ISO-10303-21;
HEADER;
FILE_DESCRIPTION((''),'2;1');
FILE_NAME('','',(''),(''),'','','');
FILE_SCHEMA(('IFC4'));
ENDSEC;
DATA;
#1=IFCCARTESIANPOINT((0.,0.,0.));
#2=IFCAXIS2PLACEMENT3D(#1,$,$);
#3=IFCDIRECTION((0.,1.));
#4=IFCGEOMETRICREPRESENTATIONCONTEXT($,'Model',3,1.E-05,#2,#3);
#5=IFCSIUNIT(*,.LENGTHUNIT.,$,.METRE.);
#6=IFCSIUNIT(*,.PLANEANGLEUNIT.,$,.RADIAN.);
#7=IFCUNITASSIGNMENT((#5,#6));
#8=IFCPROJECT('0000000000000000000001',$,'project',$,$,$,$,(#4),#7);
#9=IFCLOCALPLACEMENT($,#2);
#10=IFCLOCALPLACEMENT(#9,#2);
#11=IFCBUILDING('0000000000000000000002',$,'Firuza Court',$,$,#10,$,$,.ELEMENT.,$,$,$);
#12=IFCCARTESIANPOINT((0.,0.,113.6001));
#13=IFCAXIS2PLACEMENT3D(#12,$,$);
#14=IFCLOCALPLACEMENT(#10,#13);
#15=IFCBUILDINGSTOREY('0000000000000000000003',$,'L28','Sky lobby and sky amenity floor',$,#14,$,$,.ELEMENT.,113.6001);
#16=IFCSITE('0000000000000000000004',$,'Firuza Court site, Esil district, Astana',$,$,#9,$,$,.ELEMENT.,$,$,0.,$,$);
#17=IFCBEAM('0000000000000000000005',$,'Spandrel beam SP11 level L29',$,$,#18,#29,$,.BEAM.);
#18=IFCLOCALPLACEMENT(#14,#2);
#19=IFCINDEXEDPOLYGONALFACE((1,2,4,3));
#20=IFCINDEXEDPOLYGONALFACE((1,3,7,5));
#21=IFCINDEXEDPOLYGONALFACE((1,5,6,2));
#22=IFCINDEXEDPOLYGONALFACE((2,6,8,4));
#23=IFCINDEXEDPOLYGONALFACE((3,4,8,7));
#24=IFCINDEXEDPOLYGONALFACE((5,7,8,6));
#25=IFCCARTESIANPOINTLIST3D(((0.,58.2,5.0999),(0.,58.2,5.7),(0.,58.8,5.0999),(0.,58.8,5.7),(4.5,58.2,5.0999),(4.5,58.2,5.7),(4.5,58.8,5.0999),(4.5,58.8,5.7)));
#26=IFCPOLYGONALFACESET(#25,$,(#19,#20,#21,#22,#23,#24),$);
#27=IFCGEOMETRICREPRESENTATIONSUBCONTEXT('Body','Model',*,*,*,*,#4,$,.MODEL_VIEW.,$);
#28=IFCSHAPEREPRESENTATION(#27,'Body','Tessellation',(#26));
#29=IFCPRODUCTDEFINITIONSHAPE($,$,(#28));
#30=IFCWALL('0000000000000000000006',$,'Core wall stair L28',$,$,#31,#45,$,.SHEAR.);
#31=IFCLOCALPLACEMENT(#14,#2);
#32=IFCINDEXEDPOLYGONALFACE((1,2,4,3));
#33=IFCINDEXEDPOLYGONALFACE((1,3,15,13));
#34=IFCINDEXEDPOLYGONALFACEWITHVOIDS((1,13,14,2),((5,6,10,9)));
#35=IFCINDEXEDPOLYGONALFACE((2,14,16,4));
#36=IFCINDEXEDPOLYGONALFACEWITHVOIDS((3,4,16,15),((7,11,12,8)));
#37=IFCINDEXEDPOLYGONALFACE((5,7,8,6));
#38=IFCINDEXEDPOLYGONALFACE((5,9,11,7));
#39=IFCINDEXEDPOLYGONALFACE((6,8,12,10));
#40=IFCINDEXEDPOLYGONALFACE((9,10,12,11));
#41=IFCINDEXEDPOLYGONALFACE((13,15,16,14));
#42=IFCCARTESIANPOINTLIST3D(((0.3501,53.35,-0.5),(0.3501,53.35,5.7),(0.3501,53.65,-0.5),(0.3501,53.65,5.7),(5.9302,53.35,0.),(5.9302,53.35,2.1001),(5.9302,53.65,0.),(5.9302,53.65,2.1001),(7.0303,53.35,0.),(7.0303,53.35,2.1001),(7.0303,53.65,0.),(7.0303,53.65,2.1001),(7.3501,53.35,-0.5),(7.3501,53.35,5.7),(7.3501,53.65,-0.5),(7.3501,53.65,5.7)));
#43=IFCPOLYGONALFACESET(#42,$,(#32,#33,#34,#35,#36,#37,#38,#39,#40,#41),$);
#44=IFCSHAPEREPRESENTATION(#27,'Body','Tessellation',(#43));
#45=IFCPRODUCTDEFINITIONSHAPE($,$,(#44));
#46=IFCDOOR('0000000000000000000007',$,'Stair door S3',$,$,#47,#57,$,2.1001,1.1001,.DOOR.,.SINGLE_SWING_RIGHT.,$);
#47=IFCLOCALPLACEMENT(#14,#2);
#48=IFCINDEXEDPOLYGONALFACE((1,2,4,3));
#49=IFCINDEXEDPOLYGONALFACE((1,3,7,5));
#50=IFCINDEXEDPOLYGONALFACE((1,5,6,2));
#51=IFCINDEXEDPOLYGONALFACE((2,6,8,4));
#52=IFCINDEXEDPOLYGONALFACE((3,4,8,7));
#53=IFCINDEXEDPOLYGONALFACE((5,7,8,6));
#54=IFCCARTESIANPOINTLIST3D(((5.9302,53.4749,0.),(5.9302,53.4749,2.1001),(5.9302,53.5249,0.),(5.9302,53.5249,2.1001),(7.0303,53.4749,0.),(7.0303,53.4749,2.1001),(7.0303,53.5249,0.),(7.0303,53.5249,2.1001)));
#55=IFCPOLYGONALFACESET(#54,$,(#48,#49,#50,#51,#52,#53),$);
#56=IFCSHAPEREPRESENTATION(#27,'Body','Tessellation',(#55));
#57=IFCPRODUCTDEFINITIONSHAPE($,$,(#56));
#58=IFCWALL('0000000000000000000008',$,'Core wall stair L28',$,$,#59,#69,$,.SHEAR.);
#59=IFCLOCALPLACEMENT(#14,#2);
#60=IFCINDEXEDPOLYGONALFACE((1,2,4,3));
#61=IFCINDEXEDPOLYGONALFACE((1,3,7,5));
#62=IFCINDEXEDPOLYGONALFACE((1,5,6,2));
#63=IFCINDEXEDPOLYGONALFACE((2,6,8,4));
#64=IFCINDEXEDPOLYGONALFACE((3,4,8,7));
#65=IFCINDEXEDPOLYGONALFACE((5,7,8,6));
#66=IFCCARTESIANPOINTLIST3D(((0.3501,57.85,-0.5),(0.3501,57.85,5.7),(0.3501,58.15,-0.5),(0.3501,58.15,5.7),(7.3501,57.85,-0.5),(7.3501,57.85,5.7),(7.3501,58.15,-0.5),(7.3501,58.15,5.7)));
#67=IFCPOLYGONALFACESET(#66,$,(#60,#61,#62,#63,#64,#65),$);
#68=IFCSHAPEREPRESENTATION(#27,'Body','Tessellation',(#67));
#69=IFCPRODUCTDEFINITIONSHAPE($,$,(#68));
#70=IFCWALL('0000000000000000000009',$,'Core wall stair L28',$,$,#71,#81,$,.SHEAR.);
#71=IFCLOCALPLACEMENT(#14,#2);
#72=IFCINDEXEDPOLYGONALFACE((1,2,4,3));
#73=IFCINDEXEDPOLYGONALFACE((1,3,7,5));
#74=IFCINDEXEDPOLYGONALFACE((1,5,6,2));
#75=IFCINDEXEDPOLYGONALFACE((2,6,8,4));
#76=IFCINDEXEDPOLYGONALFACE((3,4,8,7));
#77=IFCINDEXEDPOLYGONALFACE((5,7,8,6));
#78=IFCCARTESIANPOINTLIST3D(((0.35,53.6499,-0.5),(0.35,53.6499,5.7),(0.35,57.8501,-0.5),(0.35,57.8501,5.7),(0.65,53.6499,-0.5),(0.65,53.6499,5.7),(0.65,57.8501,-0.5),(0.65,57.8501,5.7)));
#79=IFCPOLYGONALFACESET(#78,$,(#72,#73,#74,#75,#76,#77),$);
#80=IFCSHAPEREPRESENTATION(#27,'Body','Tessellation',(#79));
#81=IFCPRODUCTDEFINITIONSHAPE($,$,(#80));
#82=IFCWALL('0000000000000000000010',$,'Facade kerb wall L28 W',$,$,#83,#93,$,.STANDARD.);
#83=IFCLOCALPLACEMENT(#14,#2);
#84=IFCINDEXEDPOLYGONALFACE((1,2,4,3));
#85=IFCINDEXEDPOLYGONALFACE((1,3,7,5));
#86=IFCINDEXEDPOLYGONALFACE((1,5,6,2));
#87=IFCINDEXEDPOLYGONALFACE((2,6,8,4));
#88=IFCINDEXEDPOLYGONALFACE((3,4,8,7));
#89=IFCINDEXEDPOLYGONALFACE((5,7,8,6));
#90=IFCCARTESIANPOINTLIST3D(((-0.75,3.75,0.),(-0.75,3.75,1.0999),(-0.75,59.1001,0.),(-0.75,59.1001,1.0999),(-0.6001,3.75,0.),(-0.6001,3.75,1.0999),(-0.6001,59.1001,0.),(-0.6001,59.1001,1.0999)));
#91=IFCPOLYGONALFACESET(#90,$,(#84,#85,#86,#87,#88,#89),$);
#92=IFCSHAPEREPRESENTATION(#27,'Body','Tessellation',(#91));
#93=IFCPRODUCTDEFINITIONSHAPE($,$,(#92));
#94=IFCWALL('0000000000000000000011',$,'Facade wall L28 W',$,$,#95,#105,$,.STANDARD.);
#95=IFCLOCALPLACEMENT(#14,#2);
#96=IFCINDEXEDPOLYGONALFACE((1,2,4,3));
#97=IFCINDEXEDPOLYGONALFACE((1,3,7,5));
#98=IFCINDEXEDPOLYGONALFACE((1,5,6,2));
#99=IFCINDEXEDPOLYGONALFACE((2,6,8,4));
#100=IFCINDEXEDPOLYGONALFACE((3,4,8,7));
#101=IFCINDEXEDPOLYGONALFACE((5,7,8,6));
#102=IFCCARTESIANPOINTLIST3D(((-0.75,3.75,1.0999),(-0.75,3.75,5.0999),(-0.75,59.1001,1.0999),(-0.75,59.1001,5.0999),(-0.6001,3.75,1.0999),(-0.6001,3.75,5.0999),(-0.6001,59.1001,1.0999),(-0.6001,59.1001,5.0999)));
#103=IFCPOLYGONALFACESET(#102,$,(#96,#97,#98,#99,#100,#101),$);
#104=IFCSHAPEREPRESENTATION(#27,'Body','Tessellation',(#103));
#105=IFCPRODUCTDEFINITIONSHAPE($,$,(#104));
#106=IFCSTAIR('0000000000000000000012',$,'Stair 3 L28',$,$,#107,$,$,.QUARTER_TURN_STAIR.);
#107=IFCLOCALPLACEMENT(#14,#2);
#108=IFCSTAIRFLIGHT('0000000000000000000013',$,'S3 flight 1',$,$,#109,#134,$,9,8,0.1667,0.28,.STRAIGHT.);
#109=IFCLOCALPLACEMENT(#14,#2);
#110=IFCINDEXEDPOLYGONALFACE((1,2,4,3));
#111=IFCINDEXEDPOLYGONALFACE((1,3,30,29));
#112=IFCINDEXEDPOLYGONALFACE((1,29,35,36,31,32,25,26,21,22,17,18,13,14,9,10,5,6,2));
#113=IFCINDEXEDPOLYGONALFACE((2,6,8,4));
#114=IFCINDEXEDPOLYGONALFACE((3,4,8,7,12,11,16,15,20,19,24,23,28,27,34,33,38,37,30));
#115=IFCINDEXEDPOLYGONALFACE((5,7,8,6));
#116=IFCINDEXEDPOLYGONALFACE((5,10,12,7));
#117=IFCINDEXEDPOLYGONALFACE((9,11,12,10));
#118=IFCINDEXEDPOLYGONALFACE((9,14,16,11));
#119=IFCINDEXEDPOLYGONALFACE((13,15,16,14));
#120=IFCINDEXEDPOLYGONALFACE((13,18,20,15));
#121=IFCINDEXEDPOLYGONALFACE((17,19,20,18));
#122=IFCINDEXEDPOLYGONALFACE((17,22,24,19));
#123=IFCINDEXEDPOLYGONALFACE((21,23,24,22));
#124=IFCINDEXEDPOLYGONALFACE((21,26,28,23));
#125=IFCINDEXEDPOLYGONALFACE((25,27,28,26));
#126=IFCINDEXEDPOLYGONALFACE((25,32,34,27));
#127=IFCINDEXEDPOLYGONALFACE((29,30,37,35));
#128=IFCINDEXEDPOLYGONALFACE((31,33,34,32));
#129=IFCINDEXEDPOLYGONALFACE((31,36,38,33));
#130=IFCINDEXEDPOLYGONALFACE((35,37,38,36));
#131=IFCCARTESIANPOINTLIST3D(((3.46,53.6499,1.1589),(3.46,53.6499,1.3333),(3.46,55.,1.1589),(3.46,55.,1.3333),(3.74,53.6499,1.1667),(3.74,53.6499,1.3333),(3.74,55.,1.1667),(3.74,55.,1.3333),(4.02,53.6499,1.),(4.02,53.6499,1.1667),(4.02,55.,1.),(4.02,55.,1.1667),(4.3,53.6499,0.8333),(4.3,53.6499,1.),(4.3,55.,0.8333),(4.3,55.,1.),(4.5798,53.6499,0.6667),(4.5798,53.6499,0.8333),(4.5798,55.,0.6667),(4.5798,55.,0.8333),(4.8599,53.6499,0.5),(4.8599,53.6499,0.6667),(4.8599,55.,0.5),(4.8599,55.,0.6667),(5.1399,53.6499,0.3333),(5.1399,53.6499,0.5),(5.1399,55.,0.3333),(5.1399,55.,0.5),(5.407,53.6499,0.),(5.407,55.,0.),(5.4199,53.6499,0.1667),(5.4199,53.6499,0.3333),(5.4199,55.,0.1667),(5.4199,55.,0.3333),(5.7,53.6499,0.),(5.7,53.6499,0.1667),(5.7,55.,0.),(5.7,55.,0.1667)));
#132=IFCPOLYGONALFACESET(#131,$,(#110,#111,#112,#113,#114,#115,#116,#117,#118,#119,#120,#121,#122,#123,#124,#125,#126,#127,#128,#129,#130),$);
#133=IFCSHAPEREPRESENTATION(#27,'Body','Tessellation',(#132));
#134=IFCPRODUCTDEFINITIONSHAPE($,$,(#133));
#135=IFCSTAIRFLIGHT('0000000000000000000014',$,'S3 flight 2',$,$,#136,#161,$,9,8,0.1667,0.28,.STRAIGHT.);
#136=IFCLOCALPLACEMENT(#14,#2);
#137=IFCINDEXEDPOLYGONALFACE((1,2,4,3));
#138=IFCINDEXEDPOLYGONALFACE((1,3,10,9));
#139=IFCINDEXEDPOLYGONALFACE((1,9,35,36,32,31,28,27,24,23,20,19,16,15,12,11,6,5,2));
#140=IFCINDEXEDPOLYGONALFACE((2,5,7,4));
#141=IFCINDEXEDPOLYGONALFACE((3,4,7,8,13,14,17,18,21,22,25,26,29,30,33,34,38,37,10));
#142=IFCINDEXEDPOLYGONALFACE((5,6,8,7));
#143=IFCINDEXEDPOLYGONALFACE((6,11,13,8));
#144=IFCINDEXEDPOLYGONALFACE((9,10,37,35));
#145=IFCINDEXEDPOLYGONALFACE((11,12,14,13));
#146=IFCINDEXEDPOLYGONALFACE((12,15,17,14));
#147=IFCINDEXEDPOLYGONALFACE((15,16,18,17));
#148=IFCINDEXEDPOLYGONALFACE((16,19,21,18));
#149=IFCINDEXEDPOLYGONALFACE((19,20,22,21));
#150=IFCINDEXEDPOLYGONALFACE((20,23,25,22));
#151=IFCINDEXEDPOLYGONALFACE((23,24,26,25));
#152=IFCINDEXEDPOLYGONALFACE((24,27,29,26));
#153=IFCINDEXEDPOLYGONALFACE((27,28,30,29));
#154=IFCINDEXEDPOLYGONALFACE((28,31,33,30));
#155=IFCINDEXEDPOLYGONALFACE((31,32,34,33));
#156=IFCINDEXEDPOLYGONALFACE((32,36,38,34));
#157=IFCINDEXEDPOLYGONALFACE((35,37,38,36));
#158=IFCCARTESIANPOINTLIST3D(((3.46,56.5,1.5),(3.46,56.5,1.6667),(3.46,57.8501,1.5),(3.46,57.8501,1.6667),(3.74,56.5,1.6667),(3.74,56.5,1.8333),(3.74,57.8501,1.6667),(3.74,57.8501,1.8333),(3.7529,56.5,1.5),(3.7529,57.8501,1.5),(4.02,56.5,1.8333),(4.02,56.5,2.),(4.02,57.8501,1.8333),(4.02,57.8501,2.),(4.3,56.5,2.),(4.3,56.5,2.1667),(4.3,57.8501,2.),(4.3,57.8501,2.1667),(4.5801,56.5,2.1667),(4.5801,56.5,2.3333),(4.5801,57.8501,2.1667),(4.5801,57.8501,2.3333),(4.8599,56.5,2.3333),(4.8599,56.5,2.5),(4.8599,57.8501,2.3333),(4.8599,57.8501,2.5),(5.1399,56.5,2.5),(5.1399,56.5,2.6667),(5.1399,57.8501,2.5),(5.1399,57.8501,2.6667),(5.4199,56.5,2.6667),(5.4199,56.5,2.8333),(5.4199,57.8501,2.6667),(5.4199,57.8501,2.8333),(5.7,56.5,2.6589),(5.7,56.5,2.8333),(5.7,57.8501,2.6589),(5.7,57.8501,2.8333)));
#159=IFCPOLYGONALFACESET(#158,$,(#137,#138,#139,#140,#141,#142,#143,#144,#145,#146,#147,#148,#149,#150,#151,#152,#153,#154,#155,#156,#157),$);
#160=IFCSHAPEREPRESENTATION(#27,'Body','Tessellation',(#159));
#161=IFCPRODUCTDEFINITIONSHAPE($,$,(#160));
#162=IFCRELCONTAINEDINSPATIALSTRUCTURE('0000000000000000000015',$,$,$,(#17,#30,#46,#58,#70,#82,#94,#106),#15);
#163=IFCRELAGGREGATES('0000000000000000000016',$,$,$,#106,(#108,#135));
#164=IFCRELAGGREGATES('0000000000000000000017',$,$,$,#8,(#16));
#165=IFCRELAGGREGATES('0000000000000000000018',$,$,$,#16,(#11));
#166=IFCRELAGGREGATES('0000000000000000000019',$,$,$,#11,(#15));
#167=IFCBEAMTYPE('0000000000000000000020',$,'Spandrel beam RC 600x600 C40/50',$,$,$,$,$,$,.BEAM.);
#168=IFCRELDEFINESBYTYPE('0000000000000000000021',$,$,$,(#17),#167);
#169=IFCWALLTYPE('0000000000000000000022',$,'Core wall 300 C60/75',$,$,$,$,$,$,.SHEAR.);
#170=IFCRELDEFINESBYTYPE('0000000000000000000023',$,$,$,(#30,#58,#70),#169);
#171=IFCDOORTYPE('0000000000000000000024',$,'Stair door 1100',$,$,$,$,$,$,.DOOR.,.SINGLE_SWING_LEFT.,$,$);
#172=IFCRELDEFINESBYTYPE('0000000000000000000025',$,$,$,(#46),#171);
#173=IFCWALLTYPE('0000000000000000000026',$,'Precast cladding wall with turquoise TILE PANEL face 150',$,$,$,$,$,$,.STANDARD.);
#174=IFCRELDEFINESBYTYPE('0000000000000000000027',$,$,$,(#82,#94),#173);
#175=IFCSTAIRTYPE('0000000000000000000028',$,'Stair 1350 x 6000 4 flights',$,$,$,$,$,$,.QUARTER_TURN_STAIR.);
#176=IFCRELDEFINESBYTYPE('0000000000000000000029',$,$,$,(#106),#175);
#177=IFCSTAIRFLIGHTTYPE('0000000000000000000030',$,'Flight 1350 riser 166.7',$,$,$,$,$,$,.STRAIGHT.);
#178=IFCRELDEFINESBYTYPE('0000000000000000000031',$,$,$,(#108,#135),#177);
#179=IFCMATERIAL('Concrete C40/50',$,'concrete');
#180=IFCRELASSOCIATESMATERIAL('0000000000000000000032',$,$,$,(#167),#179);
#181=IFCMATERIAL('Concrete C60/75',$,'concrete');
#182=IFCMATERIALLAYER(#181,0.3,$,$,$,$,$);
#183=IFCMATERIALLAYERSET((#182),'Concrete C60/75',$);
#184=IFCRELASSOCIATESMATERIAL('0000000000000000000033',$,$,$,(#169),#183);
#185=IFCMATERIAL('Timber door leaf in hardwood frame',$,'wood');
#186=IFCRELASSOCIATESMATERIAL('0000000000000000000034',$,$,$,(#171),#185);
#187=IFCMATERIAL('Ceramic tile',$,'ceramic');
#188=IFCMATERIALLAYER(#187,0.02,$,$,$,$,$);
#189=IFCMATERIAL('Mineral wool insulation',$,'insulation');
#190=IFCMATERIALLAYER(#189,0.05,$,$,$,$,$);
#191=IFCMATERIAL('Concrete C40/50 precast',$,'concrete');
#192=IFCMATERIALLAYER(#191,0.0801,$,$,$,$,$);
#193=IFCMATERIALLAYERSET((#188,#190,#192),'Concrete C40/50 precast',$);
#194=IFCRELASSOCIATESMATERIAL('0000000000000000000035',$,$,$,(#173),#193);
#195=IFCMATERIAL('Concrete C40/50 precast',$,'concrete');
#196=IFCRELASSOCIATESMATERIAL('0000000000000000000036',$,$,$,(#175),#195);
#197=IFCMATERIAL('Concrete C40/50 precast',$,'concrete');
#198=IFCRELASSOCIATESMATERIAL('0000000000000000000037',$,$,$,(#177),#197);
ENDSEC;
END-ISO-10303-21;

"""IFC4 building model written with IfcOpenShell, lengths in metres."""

from ifc_helpers import new_model, si_unit, direction, frame, frame_2d, origin, origin_2d, place, context, subcontext, project, spatial, polyline, rectangle, outline, extrude, material, layer, layer_set, material_profile, profile_set, type_object, element, fill, aggregate, save


model = new_model("IFC4")

# Units and contexts
model_context = context("Model", 3, precision=1e-05, world=origin(), true_north=direction((0.0, 1.0)))
body_context = subcontext(model_context, "Body", "Model", "MODEL_VIEW")
ifc_project = project(units=[si_unit("LENGTHUNIT", "METRE"), si_unit("PLANEANGLEUNIT", "RADIAN")], contexts=[model_context])

# Site, building, storey
site_placement = place(None, origin())
site = spatial("IfcSite", under=ifc_project, at=site_placement, Name="Firuza Court site, Esil district, Astana", CompositionType="ELEMENT", RefElevation=0.0)
building_placement = place(site_placement, origin())
building = spatial("IfcBuilding", under=site, at=building_placement, Name="Firuza Court", CompositionType="ELEMENT")
storey_placement = place(building_placement, frame((0.0, 0.0, 113.6001)))
storey = spatial("IfcBuildingStorey", under=building, at=storey_placement, Name="L28", Description="Sky lobby and sky amenity floor", CompositionType="ELEMENT", Elevation=113.6001)

# Beam
ifc_material_1 = material(Name="Concrete C40/50", Category="concrete")
ifc_material_profile_1 = material_profile(ifc_material_1, rectangle(XDim=0.6001, YDim=0.6001, at=origin_2d()), Name="RC 600x600")
ifc_profile_set_1 = profile_set([ifc_material_profile_1], Name="Concrete C40/50")
beam_type = type_object("IfcBeamType", Name="Spandrel beam RC 600x600 C40/50", PredefinedType="BEAM", material=ifc_profile_set_1)
for number, where, z_axis, x_axis, name in (
    (1, (4.5, 58.5, 5.3999), (-1.0, 0.0, 0.0), (0.0, -1.0, 0.0), "Spandrel beam SP11 level L29"),
):
    element("IfcBeam", number, at=place(storey_placement, frame(where, z_axis=z_axis, x_axis=x_axis)), inside=storey, type_object=beam_type, Name=name, PredefinedType="BEAM", context=body_context, shape_type="SweptSolid", body=[
        extrude(rectangle(XDim=0.6001, YDim=0.6001, at=origin_2d()), origin(), (0.0, 0.0, 1.0), 4.5),
    ])

# Wall, opening, door
ifc_material_2 = material(Name="Concrete C60/75", Category="concrete")
ifc_layer_1 = layer(ifc_material_2, 0.3)
ifc_layer_set_1 = layer_set([ifc_layer_1], Name="Concrete C60/75")
wall_type_1 = type_object("IfcWallType", Name="Core wall 300 C60/75", PredefinedType="SHEAR", material=ifc_layer_set_1)
wall_1_placement = place(storey_placement, frame((0.3501, 53.5, -0.5), z_axis=(0.0, 0.0, 1.0), x_axis=(1.0, 0.0, 0.0)))
wall_1 = element("IfcWall", 2, at=wall_1_placement, inside=storey, type_object=wall_type_1, Name="Core wall stair L28", PredefinedType="SHEAR", context=body_context, shape_type="SweptSolid", body=[
    extrude(rectangle(XDim=7.0, YDim=0.3, at=frame_2d((3.5, 0.0))), origin(), (0.0, 0.0, 1.0), 6.2),
])
opening_placement = place(wall_1_placement, frame((5.5801, 0.0, 0.5)))
opening = element("IfcOpeningElement", 3, at=opening_placement, cuts=wall_1, PredefinedType="OPENING", context=body_context, shape_type="SweptSolid", body=[
    extrude(rectangle(XDim=1.1001, YDim=2.1001, at=frame_2d((0.55, 1.05))), frame((0.0, 0.1621, 0.0), z_axis=(0.0, -1.0, 0.0), x_axis=(1.0, 0.0, 0.0)), (0.0, 0.0, 1.0), 0.324),
])
ifc_material_3 = material(Name="Timber door leaf in hardwood frame", Category="wood")
door_type = type_object("IfcDoorType", Name="Stair door 1100", OperationType="SINGLE_SWING_LEFT", PredefinedType="DOOR", material=ifc_material_3)
door_placement = place(opening_placement, origin())
door = element("IfcDoor", 4, at=door_placement, inside=storey, type_object=door_type, Name="Stair door S3", OperationType="SINGLE_SWING_RIGHT", OverallHeight=2.1001, OverallWidth=1.1001, PredefinedType="DOOR", context=body_context, shape_type="SweptSolid", body=[
    extrude(rectangle(XDim=1.1001, YDim=2.1001, at=frame_2d((0.55, 1.05))), frame((0.0, 0.0249, 0.0), z_axis=(0.0, -1.0, 0.0), x_axis=(1.0, 0.0, 0.0)), (0.0, 0.0, 1.0), 0.05),
])
fill(opening, door)

# Walls
wall_2_placement = place(storey_placement, frame((0.3501, 58.0, -0.5), z_axis=(0.0, 0.0, 1.0), x_axis=(1.0, 0.0, 0.0)))
element("IfcWall", 5, at=wall_2_placement, inside=storey, type_object=wall_type_1, Name="Core wall stair L28", PredefinedType="SHEAR", context=body_context, shape_type="SweptSolid", body=[
    extrude(rectangle(XDim=7.0, YDim=0.3, at=frame_2d((3.5, 0.0))), origin(), (0.0, 0.0, 1.0), 6.2),
])
wall_3_placement = place(storey_placement, frame((0.5, 53.6499, -0.5), z_axis=(0.0, 0.0, 1.0), x_axis=(0.0, 1.0, 0.0)))
element("IfcWall", 6, at=wall_3_placement, inside=storey, type_object=wall_type_1, Name="Core wall stair L28", PredefinedType="SHEAR", context=body_context, shape_type="SweptSolid", body=[
    extrude(rectangle(XDim=4.2002, YDim=0.3, at=frame_2d((2.1001, 0.0))), origin(), (0.0, 0.0, 1.0), 6.2),
])
ifc_material_4 = material(Name="Ceramic tile", Category="ceramic")
ifc_layer_2 = layer(ifc_material_4, 0.02)
ifc_material_5 = material(Name="Mineral wool insulation", Category="insulation")
ifc_layer_3 = layer(ifc_material_5, 0.05)
ifc_material_6 = material(Name="Concrete C40/50 precast", Category="concrete")
ifc_layer_4 = layer(ifc_material_6, 0.0801)
ifc_layer_set_2 = layer_set([ifc_layer_2, ifc_layer_3, ifc_layer_4], Name="Concrete C40/50 precast")
wall_type_2 = type_object("IfcWallType", Name="Precast cladding wall with turquoise TILE PANEL face 150", PredefinedType="STANDARD", material=ifc_layer_set_2)
wall_4_placement = place(storey_placement, frame((-0.675, 59.1001, 0.0), z_axis=(0.0, 0.0, 1.0), x_axis=(0.0, -1.0, 0.0)))
element("IfcWall", 7, at=wall_4_placement, inside=storey, type_object=wall_type_2, Name="Facade kerb wall L28 W", PredefinedType="STANDARD", context=body_context, shape_type="SweptSolid", body=[
    extrude(rectangle(XDim=55.3501, YDim=0.1499, at=frame_2d((27.675, 0.0))), origin(), (0.0, 0.0, 1.0), 1.0999),
])
wall_5_placement = place(storey_placement, frame((-0.675, 59.1001, 1.0999), z_axis=(0.0, 0.0, 1.0), x_axis=(0.0, -1.0, 0.0)))
element("IfcWall", 8, at=wall_5_placement, inside=storey, type_object=wall_type_2, Name="Facade wall L28 W", PredefinedType="STANDARD", context=body_context, shape_type="SweptSolid", body=[
    extrude(rectangle(XDim=55.3501, YDim=0.1499, at=frame_2d((27.675, 0.0))), origin(), (0.0, 0.0, 1.0), 4.0),
])

# Stair, stair flights
ifc_material_7 = material(Name="Concrete C40/50 precast", Category="concrete")
stair_type = type_object("IfcStairType", Name="Stair 1350 x 6000 4 flights", PredefinedType="QUARTER_TURN_STAIR", material=ifc_material_7)
stair_placement = place(storey_placement, origin())
stair = element("IfcStair", 9, at=stair_placement, inside=storey, type_object=stair_type, Name="Stair 3 L28", PredefinedType="QUARTER_TURN_STAIR")
ifc_material_8 = material(Name="Concrete C40/50 precast", Category="concrete")
stair_flight_type = type_object("IfcStairFlightType", Name="Flight 1350 riser 166.7", PredefinedType="STRAIGHT", material=ifc_material_8)
stair_flight_1_placement = place(storey_placement, frame((5.7, 54.325, 0.0), z_axis=(0.0, 0.0, 1.0), x_axis=(-1.0, 0.0, 0.0)))
stair_flight_1 = element("IfcStairFlight", 10, at=stair_flight_1_placement, type_object=stair_flight_type, Name="S3 flight 1", NumberOfRisers=9, NumberOfTreads=8, PredefinedType="STRAIGHT", RiserHeight=0.1667, TreadLength=0.28, context=body_context, shape_type="SweptSolid", body=[
    extrude(outline(polyline([(0.0, 0.0), (0.0, 0.1667), (0.28, 0.1667), (0.28, 0.3333), (0.5601, 0.3333), (0.5601, 0.5), (0.8401, 0.5), (0.8401, 0.6667), (1.1201, 0.6667), (1.1201, 0.8333), (1.3999, 0.8333), (1.3999, 1.0), (1.6799, 1.0), (1.6799, 1.1667), (1.96, 1.1667), (1.96, 1.3333), (2.24, 1.3333), (2.24, 1.5), (2.24, 1.1589), (0.293, 0.0), (0.0, 0.0)])), frame((0.0, 0.675, 0.0), z_axis=(0.0, -1.0, 0.0), x_axis=(1.0, 0.0, 0.0)), (0.0, 0.0, 1.0), 1.3501),
])
stair_flight_2_placement = place(storey_placement, frame((3.46, 57.175, 1.5), z_axis=(0.0, 0.0, 1.0), x_axis=(1.0, 0.0, 0.0)))
stair_flight_2 = element("IfcStairFlight", 11, at=stair_flight_2_placement, type_object=stair_flight_type, Name="S3 flight 2", NumberOfRisers=9, NumberOfTreads=8, PredefinedType="STRAIGHT", RiserHeight=0.1667, TreadLength=0.28, context=body_context, shape_type="SweptSolid", body=[
    extrude(outline(polyline([(0.0, 0.0), (0.0, 0.1667), (0.28, 0.1667), (0.28, 0.3333), (0.5601, 0.3333), (0.5601, 0.5), (0.8401, 0.5), (0.8401, 0.6667), (1.1201, 0.6667), (1.1201, 0.8333), (1.3999, 0.8333), (1.3999, 1.0), (1.6799, 1.0), (1.6799, 1.1667), (1.96, 1.1667), (1.96, 1.3333), (2.24, 1.3333), (2.24, 1.5), (2.24, 1.1589), (0.293, 0.0), (0.0, 0.0)])), frame((0.0, 0.675, 0.0), z_axis=(0.0, -1.0, 0.0), x_axis=(1.0, 0.0, 0.0)), (0.0, 0.0, 1.0), 1.3501),
])
aggregate(stair, [stair_flight_1, stair_flight_2])

save(model, "model.ifc")
